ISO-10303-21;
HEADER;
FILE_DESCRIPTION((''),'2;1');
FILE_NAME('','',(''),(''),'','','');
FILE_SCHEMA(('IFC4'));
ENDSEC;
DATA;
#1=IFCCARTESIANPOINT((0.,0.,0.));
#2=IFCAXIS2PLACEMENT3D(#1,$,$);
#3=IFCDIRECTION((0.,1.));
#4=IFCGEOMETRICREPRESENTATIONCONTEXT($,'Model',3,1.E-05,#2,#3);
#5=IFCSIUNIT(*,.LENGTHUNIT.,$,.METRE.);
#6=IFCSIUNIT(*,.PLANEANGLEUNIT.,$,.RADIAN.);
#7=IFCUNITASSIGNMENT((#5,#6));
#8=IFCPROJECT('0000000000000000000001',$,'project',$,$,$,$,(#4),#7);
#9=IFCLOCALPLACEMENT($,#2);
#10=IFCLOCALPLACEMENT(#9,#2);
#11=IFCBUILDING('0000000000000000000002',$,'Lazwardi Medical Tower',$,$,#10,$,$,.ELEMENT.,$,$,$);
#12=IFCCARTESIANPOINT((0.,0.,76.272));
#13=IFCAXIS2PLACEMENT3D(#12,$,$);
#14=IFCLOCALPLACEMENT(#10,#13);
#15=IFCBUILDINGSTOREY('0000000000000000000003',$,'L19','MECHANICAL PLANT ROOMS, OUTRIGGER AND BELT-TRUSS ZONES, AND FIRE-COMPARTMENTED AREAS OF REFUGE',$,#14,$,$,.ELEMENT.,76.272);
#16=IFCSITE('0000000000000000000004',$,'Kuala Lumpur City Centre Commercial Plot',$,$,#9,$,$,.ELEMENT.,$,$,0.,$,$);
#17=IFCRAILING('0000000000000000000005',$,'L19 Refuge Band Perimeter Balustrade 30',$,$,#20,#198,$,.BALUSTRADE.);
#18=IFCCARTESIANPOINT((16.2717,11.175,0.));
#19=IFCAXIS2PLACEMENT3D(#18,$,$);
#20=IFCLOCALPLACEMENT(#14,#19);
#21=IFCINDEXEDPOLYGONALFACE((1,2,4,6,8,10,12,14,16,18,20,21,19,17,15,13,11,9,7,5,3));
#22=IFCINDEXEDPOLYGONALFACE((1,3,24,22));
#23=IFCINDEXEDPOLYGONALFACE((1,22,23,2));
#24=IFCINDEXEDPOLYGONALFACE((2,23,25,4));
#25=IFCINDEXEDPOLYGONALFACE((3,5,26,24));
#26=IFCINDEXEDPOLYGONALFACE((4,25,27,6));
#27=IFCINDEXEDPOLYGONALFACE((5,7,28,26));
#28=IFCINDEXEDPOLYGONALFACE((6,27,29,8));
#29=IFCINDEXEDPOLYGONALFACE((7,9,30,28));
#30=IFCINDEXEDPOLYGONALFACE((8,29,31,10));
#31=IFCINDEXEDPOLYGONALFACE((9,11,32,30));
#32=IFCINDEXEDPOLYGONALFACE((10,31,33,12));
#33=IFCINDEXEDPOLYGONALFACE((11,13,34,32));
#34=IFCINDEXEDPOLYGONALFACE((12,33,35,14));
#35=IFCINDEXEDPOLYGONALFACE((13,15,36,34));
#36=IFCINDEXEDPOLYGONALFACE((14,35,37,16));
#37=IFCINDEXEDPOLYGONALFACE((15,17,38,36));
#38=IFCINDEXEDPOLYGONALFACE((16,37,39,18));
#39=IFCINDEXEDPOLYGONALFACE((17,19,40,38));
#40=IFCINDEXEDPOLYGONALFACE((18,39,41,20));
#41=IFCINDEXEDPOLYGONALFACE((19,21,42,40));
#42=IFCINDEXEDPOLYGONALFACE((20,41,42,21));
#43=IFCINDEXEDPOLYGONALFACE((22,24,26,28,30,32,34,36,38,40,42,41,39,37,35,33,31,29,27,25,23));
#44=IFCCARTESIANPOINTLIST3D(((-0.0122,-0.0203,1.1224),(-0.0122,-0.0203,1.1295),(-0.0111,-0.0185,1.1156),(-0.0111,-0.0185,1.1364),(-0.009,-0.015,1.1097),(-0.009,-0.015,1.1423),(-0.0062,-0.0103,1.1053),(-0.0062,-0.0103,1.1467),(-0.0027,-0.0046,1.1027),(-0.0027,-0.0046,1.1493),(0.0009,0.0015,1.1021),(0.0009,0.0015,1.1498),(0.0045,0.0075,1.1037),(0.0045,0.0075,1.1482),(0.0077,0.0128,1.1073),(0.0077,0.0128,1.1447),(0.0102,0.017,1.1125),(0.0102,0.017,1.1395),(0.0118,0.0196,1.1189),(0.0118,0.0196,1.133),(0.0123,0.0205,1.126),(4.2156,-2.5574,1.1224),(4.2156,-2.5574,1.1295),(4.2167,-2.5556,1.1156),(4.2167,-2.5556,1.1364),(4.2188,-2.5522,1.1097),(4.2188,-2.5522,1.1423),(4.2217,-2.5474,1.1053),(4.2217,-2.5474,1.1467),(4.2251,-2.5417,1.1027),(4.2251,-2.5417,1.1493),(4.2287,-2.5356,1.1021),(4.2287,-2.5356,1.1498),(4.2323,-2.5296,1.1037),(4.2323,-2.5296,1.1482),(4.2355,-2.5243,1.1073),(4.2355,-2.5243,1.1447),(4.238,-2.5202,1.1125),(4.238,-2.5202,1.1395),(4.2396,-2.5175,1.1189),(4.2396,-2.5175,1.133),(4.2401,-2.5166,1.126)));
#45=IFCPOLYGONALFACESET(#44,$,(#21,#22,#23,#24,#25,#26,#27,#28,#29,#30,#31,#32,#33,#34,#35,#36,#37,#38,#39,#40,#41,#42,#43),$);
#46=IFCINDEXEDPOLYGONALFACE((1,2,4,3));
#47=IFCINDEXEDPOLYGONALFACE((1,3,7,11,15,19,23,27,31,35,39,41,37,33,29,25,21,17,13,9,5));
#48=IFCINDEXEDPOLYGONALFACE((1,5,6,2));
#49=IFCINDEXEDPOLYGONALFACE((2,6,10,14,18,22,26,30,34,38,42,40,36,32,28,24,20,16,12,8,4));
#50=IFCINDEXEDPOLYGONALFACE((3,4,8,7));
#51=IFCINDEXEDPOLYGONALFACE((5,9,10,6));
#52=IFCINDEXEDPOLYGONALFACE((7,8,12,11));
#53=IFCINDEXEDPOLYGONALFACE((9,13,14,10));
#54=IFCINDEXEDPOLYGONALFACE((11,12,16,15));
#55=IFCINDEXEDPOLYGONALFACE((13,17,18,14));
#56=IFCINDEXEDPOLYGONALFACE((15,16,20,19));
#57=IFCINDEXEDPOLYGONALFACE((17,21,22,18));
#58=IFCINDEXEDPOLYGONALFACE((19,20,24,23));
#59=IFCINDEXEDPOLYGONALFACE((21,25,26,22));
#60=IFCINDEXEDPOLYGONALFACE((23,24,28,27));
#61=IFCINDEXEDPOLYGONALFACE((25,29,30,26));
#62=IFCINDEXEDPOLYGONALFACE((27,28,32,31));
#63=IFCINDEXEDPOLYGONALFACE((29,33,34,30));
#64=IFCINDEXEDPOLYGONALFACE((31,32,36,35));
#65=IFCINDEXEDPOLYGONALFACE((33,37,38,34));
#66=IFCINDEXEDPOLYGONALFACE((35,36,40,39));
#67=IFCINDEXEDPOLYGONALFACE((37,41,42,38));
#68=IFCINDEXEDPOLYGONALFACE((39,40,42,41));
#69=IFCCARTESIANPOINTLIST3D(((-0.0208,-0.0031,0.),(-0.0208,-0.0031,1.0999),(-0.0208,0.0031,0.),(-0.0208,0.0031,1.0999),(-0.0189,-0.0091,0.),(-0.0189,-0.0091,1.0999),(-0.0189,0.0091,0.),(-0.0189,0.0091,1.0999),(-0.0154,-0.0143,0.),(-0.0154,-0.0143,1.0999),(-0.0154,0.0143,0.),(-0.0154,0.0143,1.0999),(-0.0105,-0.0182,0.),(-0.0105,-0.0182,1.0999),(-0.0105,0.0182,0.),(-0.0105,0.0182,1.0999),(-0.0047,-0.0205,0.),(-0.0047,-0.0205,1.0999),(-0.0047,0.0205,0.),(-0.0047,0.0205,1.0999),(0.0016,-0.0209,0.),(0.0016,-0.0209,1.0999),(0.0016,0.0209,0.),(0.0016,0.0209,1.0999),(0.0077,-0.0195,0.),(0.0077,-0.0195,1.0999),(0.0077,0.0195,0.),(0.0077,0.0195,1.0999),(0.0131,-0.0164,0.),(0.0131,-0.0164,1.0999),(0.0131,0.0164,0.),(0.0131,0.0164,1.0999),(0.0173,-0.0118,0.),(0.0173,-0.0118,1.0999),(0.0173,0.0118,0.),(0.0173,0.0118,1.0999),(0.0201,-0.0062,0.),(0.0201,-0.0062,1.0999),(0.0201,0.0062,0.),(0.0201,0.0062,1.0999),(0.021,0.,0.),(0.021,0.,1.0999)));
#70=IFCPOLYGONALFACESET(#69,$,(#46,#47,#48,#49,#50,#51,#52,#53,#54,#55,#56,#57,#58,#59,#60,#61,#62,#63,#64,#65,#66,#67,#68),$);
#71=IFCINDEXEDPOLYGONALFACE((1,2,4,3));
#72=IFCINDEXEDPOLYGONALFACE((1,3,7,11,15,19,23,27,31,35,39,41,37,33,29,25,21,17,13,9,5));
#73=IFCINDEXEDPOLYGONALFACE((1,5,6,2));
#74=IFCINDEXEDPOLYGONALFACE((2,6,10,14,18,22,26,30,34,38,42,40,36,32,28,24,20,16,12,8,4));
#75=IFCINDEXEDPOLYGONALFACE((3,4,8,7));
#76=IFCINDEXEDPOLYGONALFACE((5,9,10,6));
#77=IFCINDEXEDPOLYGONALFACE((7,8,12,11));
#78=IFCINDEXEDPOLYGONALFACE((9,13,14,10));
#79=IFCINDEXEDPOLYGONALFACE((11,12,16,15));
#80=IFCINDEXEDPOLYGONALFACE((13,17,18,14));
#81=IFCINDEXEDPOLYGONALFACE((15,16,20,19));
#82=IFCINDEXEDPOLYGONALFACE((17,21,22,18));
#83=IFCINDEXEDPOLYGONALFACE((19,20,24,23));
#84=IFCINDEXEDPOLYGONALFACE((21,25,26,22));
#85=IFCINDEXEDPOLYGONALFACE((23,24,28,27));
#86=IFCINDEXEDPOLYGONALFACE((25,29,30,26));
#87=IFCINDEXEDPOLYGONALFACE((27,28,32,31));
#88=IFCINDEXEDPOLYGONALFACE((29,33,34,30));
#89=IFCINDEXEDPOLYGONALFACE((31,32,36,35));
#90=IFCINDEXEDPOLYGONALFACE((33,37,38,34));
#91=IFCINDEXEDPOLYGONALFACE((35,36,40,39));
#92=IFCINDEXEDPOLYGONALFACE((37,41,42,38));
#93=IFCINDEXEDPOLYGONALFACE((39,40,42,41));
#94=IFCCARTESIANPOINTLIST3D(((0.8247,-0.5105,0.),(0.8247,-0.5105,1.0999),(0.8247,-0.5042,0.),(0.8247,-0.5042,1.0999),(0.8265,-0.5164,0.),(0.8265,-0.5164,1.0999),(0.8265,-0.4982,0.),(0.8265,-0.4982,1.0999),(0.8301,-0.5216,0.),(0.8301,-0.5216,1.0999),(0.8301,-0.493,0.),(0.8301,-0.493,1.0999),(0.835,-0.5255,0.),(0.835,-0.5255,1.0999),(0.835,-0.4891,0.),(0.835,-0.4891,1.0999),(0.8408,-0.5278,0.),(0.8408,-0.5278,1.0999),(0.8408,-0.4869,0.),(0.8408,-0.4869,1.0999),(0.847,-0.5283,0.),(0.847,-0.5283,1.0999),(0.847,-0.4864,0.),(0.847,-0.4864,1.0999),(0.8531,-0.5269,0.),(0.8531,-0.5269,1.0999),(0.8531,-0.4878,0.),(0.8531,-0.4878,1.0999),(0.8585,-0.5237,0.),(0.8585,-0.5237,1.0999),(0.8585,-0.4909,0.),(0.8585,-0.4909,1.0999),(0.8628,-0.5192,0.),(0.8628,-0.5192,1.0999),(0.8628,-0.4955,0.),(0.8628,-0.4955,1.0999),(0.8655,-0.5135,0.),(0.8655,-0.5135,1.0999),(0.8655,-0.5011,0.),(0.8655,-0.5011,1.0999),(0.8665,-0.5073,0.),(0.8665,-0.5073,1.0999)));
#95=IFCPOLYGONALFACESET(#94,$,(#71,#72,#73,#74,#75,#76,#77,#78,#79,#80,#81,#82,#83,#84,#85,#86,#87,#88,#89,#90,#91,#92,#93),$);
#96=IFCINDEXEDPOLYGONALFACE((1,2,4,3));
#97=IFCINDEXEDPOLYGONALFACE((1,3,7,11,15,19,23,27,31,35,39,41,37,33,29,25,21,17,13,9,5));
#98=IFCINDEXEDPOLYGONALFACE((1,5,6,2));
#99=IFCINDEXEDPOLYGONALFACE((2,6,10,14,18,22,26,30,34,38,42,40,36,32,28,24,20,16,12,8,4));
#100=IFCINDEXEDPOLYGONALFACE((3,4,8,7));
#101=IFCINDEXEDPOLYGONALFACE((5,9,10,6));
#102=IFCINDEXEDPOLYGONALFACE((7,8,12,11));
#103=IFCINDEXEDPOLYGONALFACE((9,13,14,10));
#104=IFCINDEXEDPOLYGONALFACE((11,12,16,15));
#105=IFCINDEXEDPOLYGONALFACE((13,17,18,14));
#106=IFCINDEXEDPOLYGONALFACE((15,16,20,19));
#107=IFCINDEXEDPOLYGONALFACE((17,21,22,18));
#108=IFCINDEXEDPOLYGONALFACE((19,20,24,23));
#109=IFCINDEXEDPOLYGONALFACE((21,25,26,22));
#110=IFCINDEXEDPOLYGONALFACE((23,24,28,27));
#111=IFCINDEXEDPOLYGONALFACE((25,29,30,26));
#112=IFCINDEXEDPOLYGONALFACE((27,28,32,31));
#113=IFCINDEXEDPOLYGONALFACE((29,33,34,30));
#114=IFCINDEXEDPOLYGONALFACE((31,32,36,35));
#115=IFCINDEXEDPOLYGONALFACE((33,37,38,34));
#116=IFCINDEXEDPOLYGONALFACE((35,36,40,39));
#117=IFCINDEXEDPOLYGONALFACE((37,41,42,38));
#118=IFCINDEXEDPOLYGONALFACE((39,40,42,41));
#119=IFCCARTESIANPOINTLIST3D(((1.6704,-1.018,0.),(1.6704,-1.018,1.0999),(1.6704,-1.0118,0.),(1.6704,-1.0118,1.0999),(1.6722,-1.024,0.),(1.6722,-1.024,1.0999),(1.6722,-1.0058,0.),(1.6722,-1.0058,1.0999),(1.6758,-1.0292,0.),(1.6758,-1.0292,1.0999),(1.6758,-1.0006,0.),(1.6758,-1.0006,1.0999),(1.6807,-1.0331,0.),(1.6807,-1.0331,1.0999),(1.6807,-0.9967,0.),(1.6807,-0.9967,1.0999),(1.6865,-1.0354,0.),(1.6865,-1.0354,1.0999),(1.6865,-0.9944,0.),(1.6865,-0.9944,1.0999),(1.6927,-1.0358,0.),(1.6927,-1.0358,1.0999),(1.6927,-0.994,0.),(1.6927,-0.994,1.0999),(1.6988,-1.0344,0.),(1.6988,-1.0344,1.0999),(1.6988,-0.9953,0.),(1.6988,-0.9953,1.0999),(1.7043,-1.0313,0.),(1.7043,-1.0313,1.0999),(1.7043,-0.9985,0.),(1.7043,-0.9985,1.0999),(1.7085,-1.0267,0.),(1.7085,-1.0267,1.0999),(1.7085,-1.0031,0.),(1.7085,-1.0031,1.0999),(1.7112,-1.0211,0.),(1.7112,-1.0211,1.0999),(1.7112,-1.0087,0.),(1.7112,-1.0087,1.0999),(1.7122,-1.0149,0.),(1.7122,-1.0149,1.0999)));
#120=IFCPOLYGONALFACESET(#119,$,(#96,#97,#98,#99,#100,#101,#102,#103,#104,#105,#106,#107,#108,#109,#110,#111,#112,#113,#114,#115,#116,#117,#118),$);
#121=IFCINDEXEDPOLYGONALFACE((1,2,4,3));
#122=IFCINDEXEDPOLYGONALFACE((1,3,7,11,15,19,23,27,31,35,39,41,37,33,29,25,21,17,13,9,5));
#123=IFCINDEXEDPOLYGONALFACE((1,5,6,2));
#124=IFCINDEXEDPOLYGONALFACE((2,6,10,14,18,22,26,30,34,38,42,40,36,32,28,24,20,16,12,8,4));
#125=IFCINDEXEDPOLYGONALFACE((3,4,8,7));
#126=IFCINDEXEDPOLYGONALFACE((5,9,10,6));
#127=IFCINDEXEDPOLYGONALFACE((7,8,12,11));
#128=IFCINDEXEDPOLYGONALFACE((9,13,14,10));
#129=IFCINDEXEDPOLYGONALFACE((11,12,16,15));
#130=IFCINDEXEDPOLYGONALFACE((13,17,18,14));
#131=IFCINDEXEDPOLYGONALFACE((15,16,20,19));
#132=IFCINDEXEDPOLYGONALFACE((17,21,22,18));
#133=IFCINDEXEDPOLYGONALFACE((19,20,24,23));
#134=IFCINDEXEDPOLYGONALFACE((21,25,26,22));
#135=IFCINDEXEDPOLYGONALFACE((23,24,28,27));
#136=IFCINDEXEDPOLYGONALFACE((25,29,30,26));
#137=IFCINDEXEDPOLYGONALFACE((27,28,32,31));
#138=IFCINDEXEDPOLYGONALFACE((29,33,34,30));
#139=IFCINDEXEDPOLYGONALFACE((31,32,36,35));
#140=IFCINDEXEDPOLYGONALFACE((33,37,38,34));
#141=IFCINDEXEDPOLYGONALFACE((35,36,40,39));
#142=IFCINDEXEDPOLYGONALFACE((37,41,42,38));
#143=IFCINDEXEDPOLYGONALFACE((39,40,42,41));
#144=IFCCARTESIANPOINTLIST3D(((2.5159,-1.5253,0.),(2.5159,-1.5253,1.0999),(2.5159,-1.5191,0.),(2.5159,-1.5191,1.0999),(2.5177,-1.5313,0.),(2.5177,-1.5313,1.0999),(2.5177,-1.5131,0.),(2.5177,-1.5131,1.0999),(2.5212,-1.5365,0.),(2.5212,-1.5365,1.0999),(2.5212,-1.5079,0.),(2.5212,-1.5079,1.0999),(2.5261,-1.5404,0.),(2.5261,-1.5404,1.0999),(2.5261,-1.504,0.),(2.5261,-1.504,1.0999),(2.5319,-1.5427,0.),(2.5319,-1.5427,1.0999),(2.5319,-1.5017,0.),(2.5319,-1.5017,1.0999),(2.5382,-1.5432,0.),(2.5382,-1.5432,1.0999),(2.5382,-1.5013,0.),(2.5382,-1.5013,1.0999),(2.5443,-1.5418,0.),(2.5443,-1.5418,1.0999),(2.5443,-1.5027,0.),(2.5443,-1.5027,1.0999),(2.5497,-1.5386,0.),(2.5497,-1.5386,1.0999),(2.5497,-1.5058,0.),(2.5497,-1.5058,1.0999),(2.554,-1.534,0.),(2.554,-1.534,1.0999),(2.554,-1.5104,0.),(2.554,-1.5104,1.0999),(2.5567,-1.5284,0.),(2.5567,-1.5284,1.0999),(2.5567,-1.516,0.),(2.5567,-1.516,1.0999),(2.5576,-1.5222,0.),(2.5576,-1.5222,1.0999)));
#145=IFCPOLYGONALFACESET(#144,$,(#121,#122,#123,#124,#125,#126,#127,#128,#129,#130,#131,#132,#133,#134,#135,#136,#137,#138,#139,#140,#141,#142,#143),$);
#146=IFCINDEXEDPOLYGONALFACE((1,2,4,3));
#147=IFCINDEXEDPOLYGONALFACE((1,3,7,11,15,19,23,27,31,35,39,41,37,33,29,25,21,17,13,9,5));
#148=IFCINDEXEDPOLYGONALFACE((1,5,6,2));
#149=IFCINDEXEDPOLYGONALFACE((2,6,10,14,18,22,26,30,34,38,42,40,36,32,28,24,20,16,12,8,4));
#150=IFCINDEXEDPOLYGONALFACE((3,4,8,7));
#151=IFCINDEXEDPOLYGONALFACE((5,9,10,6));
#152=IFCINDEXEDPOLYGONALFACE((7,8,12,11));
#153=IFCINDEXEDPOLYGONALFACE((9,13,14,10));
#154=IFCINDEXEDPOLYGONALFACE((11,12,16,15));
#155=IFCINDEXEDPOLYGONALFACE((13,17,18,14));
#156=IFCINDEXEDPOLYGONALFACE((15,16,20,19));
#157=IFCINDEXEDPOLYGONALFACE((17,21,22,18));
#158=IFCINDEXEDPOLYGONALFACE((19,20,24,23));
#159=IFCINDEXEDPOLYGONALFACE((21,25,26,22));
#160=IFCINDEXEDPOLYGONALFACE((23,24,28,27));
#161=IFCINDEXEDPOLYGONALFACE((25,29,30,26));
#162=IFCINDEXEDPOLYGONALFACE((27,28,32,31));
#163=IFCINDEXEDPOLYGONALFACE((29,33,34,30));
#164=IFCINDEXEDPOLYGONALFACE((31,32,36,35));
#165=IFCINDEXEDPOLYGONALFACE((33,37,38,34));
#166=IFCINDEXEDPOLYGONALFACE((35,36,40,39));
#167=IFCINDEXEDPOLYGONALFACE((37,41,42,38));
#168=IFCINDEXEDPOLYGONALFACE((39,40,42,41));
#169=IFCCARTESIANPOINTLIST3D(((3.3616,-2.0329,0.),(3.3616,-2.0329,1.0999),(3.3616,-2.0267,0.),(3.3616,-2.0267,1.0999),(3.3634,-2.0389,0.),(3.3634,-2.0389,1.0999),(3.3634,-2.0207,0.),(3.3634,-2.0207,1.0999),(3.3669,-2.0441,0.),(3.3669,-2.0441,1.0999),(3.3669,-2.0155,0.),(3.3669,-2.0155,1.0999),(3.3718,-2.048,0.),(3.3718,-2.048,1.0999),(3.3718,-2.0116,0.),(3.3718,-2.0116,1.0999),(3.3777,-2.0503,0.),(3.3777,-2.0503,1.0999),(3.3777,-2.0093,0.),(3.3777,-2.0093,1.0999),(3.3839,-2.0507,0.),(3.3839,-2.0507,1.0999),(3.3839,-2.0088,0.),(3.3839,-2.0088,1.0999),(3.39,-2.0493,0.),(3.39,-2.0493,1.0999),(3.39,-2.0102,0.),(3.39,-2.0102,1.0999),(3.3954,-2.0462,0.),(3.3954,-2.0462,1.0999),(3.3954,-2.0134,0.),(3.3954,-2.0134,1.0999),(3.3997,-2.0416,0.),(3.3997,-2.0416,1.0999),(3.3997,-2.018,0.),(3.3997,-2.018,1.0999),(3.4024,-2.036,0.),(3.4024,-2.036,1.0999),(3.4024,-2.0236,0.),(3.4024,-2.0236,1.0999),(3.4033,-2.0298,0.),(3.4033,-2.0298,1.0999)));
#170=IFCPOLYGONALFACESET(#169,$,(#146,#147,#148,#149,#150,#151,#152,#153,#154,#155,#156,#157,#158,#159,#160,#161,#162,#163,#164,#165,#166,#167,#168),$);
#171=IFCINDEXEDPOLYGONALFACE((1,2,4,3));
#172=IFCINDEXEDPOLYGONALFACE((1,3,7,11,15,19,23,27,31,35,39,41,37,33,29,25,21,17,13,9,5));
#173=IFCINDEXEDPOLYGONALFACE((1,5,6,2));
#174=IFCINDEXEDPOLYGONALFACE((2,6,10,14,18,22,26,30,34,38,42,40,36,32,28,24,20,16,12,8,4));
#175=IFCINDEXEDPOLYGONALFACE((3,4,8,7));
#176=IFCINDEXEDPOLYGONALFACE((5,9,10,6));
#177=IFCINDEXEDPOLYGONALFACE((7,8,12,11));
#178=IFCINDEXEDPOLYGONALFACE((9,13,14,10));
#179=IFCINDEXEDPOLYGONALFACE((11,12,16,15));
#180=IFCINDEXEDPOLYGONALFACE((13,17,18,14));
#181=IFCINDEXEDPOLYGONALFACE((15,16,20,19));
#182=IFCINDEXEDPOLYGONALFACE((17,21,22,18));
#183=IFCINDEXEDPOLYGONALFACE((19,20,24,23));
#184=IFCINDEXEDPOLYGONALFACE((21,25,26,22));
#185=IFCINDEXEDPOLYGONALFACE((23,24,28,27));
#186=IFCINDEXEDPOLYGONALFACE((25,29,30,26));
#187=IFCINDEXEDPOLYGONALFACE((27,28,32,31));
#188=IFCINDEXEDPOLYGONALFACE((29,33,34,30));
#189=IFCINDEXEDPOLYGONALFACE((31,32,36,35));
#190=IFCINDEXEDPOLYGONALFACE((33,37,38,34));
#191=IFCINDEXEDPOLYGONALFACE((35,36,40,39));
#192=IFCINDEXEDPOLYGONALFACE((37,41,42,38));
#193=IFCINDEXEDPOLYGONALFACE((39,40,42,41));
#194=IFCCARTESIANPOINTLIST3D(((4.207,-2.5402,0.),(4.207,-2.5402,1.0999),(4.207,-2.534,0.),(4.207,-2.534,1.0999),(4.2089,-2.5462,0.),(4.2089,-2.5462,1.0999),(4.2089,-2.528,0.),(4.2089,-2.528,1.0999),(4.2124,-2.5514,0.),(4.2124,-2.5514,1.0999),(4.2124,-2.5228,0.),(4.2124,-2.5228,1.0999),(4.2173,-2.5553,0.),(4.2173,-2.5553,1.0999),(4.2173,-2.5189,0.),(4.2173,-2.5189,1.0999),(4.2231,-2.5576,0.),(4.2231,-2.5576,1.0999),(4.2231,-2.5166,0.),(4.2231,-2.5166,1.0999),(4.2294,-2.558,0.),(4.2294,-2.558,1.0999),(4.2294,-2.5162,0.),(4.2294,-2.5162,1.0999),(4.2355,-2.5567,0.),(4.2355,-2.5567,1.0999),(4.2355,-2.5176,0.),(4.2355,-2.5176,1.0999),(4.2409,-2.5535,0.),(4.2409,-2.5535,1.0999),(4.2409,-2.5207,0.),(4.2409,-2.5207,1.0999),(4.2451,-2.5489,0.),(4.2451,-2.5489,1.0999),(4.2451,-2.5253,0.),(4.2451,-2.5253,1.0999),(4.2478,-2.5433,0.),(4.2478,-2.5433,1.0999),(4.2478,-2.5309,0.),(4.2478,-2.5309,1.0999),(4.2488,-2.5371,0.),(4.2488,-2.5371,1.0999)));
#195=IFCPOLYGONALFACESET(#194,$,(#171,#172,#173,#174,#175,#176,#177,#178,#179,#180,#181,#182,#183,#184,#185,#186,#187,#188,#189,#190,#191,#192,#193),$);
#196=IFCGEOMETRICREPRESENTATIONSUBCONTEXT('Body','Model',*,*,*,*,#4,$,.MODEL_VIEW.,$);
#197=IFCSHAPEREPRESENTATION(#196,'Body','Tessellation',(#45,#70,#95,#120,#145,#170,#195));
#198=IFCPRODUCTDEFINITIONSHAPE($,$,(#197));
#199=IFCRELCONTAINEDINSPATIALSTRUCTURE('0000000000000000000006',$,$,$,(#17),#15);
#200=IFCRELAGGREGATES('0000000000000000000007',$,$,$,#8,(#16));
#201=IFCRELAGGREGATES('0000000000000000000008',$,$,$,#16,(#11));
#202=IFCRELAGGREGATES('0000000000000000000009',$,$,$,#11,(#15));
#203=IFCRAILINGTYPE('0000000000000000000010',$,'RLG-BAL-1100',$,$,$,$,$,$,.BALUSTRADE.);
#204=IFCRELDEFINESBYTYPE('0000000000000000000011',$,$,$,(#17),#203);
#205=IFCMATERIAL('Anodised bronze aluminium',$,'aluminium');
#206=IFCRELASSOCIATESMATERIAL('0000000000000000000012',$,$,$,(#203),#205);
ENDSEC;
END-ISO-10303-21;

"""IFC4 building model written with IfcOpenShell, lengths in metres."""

from ifc_helpers import new_model, si_unit, direction, frame, origin, origin_2d, place, context, subcontext, project, spatial, circle, extrude, material, type_object, element, save


model = new_model("IFC4")

# Units and contexts
model_context = context("Model", 3, precision=1e-05, world=origin(), true_north=direction((0.0, 1.0)))
body_context = subcontext(model_context, "Body", "Model", "MODEL_VIEW")
ifc_project = project(units=[si_unit("LENGTHUNIT", "METRE"), si_unit("PLANEANGLEUNIT", "RADIAN")], contexts=[model_context])

# Site, building, storey
site_placement = place(None, origin())
site = spatial("IfcSite", under=ifc_project, at=site_placement, Name="Kuala Lumpur City Centre Commercial Plot", CompositionType="ELEMENT", RefElevation=0.0)
building_placement = place(site_placement, origin())
building = spatial("IfcBuilding", under=site, at=building_placement, Name="Lazwardi Medical Tower", CompositionType="ELEMENT")
storey_placement = place(building_placement, frame((0.0, 0.0, 76.272)))
storey = spatial("IfcBuildingStorey", under=building, at=storey_placement, Name="L19", Description="MECHANICAL PLANT ROOMS, OUTRIGGER AND BELT-TRUSS ZONES, AND FIRE-COMPARTMENTED AREAS OF REFUGE", CompositionType="ELEMENT", Elevation=76.272)

# Railing
ifc_material_1 = material(Name="Anodised bronze aluminium", Category="aluminium")
railing_type = type_object("IfcRailingType", Name="RLG-BAL-1100", PredefinedType="BALUSTRADE", material=ifc_material_1)
railing_1_placement = place(storey_placement, frame((16.2717, 11.175, 0.0)))
element("IfcRailing", 1, at=railing_1_placement, inside=storey, type_object=railing_type, Name="L19 Refuge Band Perimeter Balustrade 30", PredefinedType="BALUSTRADE", context=body_context, shape_type="SweptSolid", body=[
    extrude(circle(Radius=0.0239, at=origin_2d()), frame((0.0, 0.0, 1.126), z_axis=(0.857454, -0.514561, 0.0), x_axis=(0.514561, 0.857454, 0.0)), (0.0, 0.0, 1.0), 4.9307),
    extrude(circle(Radius=0.021, at=origin_2d()), origin(), (0.0, 0.0, 1.0), 1.0999),
    extrude(circle(Radius=0.021, at=origin_2d()), frame((0.8455, -0.5073, 0.0)), (0.0, 0.0, 1.0), 1.0999),
    extrude(circle(Radius=0.021, at=origin_2d()), frame((1.6912, -1.0149, 0.0)), (0.0, 0.0, 1.0), 1.0999),
    extrude(circle(Radius=0.021, at=origin_2d()), frame((2.5366, -1.5222, 0.0)), (0.0, 0.0, 1.0), 1.0999),
    extrude(circle(Radius=0.021, at=origin_2d()), frame((3.3823, -2.0298, 0.0)), (0.0, 0.0, 1.0), 1.0999),
    extrude(circle(Radius=0.021, at=origin_2d()), frame((4.2278, -2.5371, 0.0)), (0.0, 0.0, 1.0), 1.0999),
])

save(model, "model.ifc")
